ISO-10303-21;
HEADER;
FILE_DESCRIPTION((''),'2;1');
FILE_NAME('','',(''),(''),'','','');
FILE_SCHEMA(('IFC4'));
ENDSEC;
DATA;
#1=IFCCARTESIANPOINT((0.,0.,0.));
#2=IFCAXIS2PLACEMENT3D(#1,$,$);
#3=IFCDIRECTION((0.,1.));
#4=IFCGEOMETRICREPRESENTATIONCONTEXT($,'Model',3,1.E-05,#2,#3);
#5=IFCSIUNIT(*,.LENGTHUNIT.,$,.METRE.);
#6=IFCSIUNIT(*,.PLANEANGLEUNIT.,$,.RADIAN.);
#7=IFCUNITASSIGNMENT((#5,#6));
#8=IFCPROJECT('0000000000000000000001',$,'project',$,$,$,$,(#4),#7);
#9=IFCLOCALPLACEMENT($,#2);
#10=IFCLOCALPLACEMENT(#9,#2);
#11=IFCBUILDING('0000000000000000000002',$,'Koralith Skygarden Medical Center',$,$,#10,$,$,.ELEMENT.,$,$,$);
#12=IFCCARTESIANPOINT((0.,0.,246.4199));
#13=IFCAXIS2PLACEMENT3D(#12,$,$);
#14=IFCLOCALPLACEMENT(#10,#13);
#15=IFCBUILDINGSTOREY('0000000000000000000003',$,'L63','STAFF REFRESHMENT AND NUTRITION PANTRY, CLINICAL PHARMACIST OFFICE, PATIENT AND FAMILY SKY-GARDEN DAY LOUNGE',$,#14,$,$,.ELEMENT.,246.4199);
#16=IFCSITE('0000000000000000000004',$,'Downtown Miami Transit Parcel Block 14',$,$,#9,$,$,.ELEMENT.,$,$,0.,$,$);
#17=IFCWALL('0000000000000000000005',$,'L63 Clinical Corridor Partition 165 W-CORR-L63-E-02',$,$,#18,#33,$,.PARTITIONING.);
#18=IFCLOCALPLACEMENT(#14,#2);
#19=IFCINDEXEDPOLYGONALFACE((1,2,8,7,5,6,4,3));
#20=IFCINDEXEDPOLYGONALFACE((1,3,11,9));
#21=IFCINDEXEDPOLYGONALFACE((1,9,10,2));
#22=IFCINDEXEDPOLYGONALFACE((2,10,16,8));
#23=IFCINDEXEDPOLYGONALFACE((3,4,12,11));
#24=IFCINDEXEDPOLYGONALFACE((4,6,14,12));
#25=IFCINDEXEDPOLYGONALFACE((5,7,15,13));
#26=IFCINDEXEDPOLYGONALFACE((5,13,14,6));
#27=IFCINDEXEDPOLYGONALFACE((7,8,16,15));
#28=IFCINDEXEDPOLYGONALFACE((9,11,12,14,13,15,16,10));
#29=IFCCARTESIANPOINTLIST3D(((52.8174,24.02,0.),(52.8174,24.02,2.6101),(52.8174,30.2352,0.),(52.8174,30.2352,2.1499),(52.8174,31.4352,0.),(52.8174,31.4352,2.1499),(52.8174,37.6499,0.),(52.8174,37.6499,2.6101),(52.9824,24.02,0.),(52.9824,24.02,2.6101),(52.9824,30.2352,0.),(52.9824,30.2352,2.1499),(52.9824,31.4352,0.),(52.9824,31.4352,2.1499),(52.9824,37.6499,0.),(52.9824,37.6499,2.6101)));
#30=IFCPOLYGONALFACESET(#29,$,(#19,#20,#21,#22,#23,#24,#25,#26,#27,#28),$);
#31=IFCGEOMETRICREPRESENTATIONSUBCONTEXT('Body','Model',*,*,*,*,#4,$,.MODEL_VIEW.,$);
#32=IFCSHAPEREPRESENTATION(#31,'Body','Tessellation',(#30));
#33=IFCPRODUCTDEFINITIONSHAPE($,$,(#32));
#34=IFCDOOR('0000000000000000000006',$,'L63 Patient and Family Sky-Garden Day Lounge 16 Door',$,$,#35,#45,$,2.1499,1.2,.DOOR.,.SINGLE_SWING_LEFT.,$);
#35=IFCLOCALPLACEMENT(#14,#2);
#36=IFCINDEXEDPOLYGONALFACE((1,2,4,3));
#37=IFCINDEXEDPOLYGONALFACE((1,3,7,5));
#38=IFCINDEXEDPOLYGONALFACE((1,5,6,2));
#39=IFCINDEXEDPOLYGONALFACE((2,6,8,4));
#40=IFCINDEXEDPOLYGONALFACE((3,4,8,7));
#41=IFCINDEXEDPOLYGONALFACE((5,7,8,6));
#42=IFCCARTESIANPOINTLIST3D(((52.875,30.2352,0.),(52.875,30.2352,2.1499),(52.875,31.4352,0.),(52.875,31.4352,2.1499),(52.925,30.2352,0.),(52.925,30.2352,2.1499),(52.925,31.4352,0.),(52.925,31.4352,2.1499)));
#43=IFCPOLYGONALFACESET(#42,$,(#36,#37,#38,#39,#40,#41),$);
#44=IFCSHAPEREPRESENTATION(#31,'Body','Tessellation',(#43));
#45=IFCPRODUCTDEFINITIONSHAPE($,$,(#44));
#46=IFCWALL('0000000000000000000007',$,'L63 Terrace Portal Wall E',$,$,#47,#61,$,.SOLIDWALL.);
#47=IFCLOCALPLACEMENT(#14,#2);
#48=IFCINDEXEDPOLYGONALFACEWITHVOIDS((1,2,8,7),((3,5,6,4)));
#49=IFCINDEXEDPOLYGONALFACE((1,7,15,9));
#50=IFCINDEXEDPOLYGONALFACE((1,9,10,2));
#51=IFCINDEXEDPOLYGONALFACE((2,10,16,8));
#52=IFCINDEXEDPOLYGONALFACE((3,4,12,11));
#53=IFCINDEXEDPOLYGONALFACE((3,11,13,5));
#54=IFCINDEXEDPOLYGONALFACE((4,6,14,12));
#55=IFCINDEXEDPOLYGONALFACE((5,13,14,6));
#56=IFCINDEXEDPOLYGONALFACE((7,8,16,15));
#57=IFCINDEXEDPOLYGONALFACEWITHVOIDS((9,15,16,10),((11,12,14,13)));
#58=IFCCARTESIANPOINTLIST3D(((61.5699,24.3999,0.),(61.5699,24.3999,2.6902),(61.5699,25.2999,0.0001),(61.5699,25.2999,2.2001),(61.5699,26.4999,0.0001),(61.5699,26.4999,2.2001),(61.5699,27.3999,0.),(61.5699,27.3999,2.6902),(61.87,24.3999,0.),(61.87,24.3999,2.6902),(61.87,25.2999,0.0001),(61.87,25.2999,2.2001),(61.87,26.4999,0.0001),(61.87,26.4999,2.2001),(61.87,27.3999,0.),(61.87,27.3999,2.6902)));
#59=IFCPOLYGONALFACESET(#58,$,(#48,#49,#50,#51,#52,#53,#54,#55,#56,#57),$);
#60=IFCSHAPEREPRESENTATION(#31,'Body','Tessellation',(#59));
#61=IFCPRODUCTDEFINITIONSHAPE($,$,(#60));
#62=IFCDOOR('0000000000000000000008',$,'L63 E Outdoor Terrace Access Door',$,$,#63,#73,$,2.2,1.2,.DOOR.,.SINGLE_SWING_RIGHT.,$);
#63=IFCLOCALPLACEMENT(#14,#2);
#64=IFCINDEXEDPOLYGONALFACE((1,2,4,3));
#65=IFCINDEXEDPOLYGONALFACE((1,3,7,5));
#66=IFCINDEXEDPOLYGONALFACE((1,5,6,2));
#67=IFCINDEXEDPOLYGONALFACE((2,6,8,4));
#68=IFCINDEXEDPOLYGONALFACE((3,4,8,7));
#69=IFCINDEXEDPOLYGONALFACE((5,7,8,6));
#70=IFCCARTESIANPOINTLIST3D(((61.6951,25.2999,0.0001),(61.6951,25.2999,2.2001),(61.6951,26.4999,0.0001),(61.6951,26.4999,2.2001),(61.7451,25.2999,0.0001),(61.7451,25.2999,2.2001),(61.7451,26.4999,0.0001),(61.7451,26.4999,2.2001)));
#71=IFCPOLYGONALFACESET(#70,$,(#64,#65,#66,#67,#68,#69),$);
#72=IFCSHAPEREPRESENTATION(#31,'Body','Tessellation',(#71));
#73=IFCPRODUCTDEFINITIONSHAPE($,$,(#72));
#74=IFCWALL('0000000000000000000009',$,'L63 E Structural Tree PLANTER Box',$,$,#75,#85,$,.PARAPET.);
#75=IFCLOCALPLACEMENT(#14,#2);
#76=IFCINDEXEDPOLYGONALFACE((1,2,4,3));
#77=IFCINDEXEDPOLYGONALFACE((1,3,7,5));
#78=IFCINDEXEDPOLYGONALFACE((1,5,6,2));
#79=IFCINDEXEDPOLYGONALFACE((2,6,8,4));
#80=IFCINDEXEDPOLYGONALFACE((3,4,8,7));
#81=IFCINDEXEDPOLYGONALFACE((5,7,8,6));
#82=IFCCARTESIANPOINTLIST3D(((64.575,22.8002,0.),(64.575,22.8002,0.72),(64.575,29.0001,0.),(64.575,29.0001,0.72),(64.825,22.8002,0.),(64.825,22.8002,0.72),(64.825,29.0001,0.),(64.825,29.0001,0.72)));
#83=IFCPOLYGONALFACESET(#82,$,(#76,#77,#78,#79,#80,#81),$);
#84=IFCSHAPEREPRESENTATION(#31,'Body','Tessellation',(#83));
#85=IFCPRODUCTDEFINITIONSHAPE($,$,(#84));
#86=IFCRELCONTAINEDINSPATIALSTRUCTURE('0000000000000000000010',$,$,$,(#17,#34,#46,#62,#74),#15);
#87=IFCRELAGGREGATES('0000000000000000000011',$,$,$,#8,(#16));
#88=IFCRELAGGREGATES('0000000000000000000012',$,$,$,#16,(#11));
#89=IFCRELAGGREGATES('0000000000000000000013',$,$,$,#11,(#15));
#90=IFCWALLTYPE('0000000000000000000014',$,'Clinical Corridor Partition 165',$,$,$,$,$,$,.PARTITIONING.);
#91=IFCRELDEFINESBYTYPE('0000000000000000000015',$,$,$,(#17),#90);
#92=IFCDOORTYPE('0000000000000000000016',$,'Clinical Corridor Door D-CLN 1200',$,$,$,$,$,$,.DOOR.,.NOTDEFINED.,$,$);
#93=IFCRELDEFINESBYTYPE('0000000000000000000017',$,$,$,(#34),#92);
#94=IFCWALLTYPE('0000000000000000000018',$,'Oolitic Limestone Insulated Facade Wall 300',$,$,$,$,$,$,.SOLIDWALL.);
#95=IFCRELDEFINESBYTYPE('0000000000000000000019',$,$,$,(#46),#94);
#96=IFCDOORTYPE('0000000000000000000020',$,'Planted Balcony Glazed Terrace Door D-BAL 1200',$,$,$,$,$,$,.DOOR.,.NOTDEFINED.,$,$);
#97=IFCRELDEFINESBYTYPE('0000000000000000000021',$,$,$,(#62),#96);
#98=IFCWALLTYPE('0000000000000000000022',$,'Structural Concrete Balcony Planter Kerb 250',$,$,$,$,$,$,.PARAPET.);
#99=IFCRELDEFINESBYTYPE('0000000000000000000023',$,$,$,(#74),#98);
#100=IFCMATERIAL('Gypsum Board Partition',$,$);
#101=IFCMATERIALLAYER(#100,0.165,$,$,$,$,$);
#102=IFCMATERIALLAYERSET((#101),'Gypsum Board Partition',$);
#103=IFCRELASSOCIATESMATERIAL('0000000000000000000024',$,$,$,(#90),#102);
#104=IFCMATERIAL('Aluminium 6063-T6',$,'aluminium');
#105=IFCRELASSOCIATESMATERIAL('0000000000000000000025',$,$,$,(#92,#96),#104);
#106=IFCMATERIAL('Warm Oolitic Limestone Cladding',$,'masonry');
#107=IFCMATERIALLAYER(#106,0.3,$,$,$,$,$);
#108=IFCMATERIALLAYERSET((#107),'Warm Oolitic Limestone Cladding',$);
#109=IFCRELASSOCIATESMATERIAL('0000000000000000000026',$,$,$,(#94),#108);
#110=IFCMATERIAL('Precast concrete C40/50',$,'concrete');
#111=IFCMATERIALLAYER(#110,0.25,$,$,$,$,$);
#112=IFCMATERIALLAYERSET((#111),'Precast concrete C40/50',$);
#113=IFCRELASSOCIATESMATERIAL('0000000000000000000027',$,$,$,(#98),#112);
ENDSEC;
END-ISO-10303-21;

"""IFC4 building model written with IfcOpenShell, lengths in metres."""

from ifc_helpers import new_model, si_unit, direction, frame, frame_2d, origin, place, context, subcontext, project, spatial, rectangle, extrude, material, layer, layer_set, type_object, element, fill, save


model = new_model("IFC4")

# Units and contexts
model_context = context("Model", 3, precision=1e-05, world=origin(), true_north=direction((0.0, 1.0)))
body_context = subcontext(model_context, "Body", "Model", "MODEL_VIEW")
ifc_project = project(units=[si_unit("LENGTHUNIT", "METRE"), si_unit("PLANEANGLEUNIT", "RADIAN")], contexts=[model_context])

# Site, building, storey
site_placement = place(None, origin())
site = spatial("IfcSite", under=ifc_project, at=site_placement, Name="Downtown Miami Transit Parcel Block 14", CompositionType="ELEMENT", RefElevation=0.0)
building_placement = place(site_placement, origin())
building = spatial("IfcBuilding", under=site, at=building_placement, Name="Koralith Skygarden Medical Center", CompositionType="ELEMENT")
storey_placement = place(building_placement, frame((0.0, 0.0, 246.4199)))
storey = spatial("IfcBuildingStorey", under=building, at=storey_placement, Name="L63", Description="STAFF REFRESHMENT AND NUTRITION PANTRY, CLINICAL PHARMACIST OFFICE, PATIENT AND FAMILY SKY-GARDEN DAY LOUNGE", CompositionType="ELEMENT", Elevation=246.4199)

# Shared definitions
ifc_material_1 = material(Name="Aluminium 6063-T6", Category="aluminium")

# Shared definitions
ifc_material_2 = material(Name="Gypsum Board Partition")
ifc_layer_1 = layer(ifc_material_2, 0.165)
ifc_layer_set_1 = layer_set([ifc_layer_1], Name="Gypsum Board Partition")
wall_type_1 = type_object("IfcWallType", Name="Clinical Corridor Partition 165", PredefinedType="PARTITIONING", material=ifc_layer_set_1)

# Walls, openings, doors
door_type_1 = type_object("IfcDoorType", Name="Clinical Corridor Door D-CLN 1200", OperationType="NOTDEFINED", PredefinedType="DOOR", material=ifc_material_1)
wall_1_placement = place(storey_placement, frame((52.8999, 24.02, 0.0), z_axis=(0.0, 0.0, 1.0), x_axis=(0.0, 1.0, 0.0)))
wall_1 = element("IfcWall", 1, at=wall_1_placement, inside=storey, type_object=wall_type_1, Name="L63 Clinical Corridor Partition 165 W-CORR-L63-E-02", PredefinedType="PARTITIONING", context=body_context, shape_type="SweptSolid", body=[
    extrude(rectangle(XDim=13.6299, YDim=0.165, at=frame_2d((6.8149, 0.0))), origin(), (0.0, 0.0, 1.0), 2.6101),
])
opening_1_placement = place(wall_1_placement, frame((6.2151, 0.0, 0.0)))
opening_1 = element("IfcOpeningElement", 2, at=opening_1_placement, cuts=wall_1, PredefinedType="OPENING", context=body_context, shape_type="SweptSolid", body=[
    extrude(rectangle(XDim=1.2, YDim=2.1499, at=frame_2d((0.6001, 1.075))), frame((0.0, 0.0925, 0.0), z_axis=(0.0, -1.0, 0.0), x_axis=(1.0, 0.0, 0.0)), (0.0, 0.0, 1.0), 0.1851),
])
door_1_placement = place(opening_1_placement, origin())
door_1 = element("IfcDoor", 3, at=door_1_placement, inside=storey, type_object=door_type_1, Name="L63 Patient and Family Sky-Garden Day Lounge 16 Door", OperationType="SINGLE_SWING_LEFT", OverallHeight=2.1499, OverallWidth=1.2, PredefinedType="DOOR", context=body_context, shape_type="SweptSolid", body=[
    extrude(rectangle(XDim=1.2, YDim=2.1499, at=frame_2d((0.6001, 1.075))), frame((0.0, 0.0249, 0.0), z_axis=(0.0, -1.0, 0.0), x_axis=(1.0, 0.0, 0.0)), (0.0, 0.0, 1.0), 0.05),
])
fill(opening_1, door_1)
ifc_material_3 = material(Name="Warm Oolitic Limestone Cladding", Category="masonry")
ifc_layer_2 = layer(ifc_material_3, 0.3)
ifc_layer_set_2 = layer_set([ifc_layer_2], Name="Warm Oolitic Limestone Cladding")
wall_type_2 = type_object("IfcWallType", Name="Oolitic Limestone Insulated Facade Wall 300", PredefinedType="SOLIDWALL", material=ifc_layer_set_2)
wall_2_placement = place(storey_placement, frame((61.72, 24.3999, 0.0), z_axis=(0.0, 0.0, 1.0), x_axis=(0.0, 1.0, 0.0)))
wall_2 = element("IfcWall", 4, at=wall_2_placement, inside=storey, type_object=wall_type_2, Name="L63 Terrace Portal Wall E", PredefinedType="SOLIDWALL", context=body_context, shape_type="SweptSolid", body=[
    extrude(rectangle(XDim=3.0, YDim=0.3, at=frame_2d((1.5, 0.0))), origin(), (0.0, 0.0, 1.0), 2.6902),
])
opening_2_placement = place(wall_2_placement, frame((0.8999, 0.0, 0.0)))
opening_2 = element("IfcOpeningElement", 5, at=opening_2_placement, cuts=wall_2, PredefinedType="OPENING", context=body_context, shape_type="SweptSolid", body=[
    extrude(rectangle(XDim=1.2, YDim=2.2, at=frame_2d((0.6001, 1.1001))), frame((0.0, 0.1599, 0.0), z_axis=(0.0, -1.0, 0.0), x_axis=(1.0, 0.0, 0.0)), (0.0, 0.0, 1.0), 0.3201),
])
door_type_2 = type_object("IfcDoorType", Name="Planted Balcony Glazed Terrace Door D-BAL 1200", OperationType="NOTDEFINED", PredefinedType="DOOR", material=ifc_material_1)
door_2_placement = place(opening_2_placement, origin())
door_2 = element("IfcDoor", 6, at=door_2_placement, inside=storey, type_object=door_type_2, Name="L63 E Outdoor Terrace Access Door", OperationType="SINGLE_SWING_RIGHT", OverallHeight=2.2, OverallWidth=1.2, PredefinedType="DOOR", context=body_context, shape_type="SweptSolid", body=[
    extrude(rectangle(XDim=1.2, YDim=2.2, at=frame_2d((0.6001, 1.1001))), frame((0.0, 0.0249, 0.0), z_axis=(0.0, -1.0, 0.0), x_axis=(1.0, 0.0, 0.0)), (0.0, 0.0, 1.0), 0.05),
])
fill(opening_2, door_2)

# Wall
ifc_material_4 = material(Name="Precast concrete C40/50", Category="concrete")
ifc_layer_3 = layer(ifc_material_4, 0.25)
ifc_layer_set_3 = layer_set([ifc_layer_3], Name="Precast concrete C40/50")
wall_type_3 = type_object("IfcWallType", Name="Structural Concrete Balcony Planter Kerb 250", PredefinedType="PARAPET", material=ifc_layer_set_3)
wall_3_placement = place(storey_placement, frame((64.7, 22.8, 0.0), z_axis=(0.0, 0.0, 1.0), x_axis=(0.0, 1.0, 0.0)))
element("IfcWall", 7, at=wall_3_placement, inside=storey, type_object=wall_type_3, Name="L63 E Structural Tree PLANTER Box", PredefinedType="PARAPET", context=body_context, shape_type="SweptSolid", body=[
    extrude(rectangle(XDim=6.2, YDim=0.25, at=frame_2d((3.1001, 0.0))), origin(), (0.0, 0.0, 1.0), 0.72),
])

save(model, "model.ifc")
